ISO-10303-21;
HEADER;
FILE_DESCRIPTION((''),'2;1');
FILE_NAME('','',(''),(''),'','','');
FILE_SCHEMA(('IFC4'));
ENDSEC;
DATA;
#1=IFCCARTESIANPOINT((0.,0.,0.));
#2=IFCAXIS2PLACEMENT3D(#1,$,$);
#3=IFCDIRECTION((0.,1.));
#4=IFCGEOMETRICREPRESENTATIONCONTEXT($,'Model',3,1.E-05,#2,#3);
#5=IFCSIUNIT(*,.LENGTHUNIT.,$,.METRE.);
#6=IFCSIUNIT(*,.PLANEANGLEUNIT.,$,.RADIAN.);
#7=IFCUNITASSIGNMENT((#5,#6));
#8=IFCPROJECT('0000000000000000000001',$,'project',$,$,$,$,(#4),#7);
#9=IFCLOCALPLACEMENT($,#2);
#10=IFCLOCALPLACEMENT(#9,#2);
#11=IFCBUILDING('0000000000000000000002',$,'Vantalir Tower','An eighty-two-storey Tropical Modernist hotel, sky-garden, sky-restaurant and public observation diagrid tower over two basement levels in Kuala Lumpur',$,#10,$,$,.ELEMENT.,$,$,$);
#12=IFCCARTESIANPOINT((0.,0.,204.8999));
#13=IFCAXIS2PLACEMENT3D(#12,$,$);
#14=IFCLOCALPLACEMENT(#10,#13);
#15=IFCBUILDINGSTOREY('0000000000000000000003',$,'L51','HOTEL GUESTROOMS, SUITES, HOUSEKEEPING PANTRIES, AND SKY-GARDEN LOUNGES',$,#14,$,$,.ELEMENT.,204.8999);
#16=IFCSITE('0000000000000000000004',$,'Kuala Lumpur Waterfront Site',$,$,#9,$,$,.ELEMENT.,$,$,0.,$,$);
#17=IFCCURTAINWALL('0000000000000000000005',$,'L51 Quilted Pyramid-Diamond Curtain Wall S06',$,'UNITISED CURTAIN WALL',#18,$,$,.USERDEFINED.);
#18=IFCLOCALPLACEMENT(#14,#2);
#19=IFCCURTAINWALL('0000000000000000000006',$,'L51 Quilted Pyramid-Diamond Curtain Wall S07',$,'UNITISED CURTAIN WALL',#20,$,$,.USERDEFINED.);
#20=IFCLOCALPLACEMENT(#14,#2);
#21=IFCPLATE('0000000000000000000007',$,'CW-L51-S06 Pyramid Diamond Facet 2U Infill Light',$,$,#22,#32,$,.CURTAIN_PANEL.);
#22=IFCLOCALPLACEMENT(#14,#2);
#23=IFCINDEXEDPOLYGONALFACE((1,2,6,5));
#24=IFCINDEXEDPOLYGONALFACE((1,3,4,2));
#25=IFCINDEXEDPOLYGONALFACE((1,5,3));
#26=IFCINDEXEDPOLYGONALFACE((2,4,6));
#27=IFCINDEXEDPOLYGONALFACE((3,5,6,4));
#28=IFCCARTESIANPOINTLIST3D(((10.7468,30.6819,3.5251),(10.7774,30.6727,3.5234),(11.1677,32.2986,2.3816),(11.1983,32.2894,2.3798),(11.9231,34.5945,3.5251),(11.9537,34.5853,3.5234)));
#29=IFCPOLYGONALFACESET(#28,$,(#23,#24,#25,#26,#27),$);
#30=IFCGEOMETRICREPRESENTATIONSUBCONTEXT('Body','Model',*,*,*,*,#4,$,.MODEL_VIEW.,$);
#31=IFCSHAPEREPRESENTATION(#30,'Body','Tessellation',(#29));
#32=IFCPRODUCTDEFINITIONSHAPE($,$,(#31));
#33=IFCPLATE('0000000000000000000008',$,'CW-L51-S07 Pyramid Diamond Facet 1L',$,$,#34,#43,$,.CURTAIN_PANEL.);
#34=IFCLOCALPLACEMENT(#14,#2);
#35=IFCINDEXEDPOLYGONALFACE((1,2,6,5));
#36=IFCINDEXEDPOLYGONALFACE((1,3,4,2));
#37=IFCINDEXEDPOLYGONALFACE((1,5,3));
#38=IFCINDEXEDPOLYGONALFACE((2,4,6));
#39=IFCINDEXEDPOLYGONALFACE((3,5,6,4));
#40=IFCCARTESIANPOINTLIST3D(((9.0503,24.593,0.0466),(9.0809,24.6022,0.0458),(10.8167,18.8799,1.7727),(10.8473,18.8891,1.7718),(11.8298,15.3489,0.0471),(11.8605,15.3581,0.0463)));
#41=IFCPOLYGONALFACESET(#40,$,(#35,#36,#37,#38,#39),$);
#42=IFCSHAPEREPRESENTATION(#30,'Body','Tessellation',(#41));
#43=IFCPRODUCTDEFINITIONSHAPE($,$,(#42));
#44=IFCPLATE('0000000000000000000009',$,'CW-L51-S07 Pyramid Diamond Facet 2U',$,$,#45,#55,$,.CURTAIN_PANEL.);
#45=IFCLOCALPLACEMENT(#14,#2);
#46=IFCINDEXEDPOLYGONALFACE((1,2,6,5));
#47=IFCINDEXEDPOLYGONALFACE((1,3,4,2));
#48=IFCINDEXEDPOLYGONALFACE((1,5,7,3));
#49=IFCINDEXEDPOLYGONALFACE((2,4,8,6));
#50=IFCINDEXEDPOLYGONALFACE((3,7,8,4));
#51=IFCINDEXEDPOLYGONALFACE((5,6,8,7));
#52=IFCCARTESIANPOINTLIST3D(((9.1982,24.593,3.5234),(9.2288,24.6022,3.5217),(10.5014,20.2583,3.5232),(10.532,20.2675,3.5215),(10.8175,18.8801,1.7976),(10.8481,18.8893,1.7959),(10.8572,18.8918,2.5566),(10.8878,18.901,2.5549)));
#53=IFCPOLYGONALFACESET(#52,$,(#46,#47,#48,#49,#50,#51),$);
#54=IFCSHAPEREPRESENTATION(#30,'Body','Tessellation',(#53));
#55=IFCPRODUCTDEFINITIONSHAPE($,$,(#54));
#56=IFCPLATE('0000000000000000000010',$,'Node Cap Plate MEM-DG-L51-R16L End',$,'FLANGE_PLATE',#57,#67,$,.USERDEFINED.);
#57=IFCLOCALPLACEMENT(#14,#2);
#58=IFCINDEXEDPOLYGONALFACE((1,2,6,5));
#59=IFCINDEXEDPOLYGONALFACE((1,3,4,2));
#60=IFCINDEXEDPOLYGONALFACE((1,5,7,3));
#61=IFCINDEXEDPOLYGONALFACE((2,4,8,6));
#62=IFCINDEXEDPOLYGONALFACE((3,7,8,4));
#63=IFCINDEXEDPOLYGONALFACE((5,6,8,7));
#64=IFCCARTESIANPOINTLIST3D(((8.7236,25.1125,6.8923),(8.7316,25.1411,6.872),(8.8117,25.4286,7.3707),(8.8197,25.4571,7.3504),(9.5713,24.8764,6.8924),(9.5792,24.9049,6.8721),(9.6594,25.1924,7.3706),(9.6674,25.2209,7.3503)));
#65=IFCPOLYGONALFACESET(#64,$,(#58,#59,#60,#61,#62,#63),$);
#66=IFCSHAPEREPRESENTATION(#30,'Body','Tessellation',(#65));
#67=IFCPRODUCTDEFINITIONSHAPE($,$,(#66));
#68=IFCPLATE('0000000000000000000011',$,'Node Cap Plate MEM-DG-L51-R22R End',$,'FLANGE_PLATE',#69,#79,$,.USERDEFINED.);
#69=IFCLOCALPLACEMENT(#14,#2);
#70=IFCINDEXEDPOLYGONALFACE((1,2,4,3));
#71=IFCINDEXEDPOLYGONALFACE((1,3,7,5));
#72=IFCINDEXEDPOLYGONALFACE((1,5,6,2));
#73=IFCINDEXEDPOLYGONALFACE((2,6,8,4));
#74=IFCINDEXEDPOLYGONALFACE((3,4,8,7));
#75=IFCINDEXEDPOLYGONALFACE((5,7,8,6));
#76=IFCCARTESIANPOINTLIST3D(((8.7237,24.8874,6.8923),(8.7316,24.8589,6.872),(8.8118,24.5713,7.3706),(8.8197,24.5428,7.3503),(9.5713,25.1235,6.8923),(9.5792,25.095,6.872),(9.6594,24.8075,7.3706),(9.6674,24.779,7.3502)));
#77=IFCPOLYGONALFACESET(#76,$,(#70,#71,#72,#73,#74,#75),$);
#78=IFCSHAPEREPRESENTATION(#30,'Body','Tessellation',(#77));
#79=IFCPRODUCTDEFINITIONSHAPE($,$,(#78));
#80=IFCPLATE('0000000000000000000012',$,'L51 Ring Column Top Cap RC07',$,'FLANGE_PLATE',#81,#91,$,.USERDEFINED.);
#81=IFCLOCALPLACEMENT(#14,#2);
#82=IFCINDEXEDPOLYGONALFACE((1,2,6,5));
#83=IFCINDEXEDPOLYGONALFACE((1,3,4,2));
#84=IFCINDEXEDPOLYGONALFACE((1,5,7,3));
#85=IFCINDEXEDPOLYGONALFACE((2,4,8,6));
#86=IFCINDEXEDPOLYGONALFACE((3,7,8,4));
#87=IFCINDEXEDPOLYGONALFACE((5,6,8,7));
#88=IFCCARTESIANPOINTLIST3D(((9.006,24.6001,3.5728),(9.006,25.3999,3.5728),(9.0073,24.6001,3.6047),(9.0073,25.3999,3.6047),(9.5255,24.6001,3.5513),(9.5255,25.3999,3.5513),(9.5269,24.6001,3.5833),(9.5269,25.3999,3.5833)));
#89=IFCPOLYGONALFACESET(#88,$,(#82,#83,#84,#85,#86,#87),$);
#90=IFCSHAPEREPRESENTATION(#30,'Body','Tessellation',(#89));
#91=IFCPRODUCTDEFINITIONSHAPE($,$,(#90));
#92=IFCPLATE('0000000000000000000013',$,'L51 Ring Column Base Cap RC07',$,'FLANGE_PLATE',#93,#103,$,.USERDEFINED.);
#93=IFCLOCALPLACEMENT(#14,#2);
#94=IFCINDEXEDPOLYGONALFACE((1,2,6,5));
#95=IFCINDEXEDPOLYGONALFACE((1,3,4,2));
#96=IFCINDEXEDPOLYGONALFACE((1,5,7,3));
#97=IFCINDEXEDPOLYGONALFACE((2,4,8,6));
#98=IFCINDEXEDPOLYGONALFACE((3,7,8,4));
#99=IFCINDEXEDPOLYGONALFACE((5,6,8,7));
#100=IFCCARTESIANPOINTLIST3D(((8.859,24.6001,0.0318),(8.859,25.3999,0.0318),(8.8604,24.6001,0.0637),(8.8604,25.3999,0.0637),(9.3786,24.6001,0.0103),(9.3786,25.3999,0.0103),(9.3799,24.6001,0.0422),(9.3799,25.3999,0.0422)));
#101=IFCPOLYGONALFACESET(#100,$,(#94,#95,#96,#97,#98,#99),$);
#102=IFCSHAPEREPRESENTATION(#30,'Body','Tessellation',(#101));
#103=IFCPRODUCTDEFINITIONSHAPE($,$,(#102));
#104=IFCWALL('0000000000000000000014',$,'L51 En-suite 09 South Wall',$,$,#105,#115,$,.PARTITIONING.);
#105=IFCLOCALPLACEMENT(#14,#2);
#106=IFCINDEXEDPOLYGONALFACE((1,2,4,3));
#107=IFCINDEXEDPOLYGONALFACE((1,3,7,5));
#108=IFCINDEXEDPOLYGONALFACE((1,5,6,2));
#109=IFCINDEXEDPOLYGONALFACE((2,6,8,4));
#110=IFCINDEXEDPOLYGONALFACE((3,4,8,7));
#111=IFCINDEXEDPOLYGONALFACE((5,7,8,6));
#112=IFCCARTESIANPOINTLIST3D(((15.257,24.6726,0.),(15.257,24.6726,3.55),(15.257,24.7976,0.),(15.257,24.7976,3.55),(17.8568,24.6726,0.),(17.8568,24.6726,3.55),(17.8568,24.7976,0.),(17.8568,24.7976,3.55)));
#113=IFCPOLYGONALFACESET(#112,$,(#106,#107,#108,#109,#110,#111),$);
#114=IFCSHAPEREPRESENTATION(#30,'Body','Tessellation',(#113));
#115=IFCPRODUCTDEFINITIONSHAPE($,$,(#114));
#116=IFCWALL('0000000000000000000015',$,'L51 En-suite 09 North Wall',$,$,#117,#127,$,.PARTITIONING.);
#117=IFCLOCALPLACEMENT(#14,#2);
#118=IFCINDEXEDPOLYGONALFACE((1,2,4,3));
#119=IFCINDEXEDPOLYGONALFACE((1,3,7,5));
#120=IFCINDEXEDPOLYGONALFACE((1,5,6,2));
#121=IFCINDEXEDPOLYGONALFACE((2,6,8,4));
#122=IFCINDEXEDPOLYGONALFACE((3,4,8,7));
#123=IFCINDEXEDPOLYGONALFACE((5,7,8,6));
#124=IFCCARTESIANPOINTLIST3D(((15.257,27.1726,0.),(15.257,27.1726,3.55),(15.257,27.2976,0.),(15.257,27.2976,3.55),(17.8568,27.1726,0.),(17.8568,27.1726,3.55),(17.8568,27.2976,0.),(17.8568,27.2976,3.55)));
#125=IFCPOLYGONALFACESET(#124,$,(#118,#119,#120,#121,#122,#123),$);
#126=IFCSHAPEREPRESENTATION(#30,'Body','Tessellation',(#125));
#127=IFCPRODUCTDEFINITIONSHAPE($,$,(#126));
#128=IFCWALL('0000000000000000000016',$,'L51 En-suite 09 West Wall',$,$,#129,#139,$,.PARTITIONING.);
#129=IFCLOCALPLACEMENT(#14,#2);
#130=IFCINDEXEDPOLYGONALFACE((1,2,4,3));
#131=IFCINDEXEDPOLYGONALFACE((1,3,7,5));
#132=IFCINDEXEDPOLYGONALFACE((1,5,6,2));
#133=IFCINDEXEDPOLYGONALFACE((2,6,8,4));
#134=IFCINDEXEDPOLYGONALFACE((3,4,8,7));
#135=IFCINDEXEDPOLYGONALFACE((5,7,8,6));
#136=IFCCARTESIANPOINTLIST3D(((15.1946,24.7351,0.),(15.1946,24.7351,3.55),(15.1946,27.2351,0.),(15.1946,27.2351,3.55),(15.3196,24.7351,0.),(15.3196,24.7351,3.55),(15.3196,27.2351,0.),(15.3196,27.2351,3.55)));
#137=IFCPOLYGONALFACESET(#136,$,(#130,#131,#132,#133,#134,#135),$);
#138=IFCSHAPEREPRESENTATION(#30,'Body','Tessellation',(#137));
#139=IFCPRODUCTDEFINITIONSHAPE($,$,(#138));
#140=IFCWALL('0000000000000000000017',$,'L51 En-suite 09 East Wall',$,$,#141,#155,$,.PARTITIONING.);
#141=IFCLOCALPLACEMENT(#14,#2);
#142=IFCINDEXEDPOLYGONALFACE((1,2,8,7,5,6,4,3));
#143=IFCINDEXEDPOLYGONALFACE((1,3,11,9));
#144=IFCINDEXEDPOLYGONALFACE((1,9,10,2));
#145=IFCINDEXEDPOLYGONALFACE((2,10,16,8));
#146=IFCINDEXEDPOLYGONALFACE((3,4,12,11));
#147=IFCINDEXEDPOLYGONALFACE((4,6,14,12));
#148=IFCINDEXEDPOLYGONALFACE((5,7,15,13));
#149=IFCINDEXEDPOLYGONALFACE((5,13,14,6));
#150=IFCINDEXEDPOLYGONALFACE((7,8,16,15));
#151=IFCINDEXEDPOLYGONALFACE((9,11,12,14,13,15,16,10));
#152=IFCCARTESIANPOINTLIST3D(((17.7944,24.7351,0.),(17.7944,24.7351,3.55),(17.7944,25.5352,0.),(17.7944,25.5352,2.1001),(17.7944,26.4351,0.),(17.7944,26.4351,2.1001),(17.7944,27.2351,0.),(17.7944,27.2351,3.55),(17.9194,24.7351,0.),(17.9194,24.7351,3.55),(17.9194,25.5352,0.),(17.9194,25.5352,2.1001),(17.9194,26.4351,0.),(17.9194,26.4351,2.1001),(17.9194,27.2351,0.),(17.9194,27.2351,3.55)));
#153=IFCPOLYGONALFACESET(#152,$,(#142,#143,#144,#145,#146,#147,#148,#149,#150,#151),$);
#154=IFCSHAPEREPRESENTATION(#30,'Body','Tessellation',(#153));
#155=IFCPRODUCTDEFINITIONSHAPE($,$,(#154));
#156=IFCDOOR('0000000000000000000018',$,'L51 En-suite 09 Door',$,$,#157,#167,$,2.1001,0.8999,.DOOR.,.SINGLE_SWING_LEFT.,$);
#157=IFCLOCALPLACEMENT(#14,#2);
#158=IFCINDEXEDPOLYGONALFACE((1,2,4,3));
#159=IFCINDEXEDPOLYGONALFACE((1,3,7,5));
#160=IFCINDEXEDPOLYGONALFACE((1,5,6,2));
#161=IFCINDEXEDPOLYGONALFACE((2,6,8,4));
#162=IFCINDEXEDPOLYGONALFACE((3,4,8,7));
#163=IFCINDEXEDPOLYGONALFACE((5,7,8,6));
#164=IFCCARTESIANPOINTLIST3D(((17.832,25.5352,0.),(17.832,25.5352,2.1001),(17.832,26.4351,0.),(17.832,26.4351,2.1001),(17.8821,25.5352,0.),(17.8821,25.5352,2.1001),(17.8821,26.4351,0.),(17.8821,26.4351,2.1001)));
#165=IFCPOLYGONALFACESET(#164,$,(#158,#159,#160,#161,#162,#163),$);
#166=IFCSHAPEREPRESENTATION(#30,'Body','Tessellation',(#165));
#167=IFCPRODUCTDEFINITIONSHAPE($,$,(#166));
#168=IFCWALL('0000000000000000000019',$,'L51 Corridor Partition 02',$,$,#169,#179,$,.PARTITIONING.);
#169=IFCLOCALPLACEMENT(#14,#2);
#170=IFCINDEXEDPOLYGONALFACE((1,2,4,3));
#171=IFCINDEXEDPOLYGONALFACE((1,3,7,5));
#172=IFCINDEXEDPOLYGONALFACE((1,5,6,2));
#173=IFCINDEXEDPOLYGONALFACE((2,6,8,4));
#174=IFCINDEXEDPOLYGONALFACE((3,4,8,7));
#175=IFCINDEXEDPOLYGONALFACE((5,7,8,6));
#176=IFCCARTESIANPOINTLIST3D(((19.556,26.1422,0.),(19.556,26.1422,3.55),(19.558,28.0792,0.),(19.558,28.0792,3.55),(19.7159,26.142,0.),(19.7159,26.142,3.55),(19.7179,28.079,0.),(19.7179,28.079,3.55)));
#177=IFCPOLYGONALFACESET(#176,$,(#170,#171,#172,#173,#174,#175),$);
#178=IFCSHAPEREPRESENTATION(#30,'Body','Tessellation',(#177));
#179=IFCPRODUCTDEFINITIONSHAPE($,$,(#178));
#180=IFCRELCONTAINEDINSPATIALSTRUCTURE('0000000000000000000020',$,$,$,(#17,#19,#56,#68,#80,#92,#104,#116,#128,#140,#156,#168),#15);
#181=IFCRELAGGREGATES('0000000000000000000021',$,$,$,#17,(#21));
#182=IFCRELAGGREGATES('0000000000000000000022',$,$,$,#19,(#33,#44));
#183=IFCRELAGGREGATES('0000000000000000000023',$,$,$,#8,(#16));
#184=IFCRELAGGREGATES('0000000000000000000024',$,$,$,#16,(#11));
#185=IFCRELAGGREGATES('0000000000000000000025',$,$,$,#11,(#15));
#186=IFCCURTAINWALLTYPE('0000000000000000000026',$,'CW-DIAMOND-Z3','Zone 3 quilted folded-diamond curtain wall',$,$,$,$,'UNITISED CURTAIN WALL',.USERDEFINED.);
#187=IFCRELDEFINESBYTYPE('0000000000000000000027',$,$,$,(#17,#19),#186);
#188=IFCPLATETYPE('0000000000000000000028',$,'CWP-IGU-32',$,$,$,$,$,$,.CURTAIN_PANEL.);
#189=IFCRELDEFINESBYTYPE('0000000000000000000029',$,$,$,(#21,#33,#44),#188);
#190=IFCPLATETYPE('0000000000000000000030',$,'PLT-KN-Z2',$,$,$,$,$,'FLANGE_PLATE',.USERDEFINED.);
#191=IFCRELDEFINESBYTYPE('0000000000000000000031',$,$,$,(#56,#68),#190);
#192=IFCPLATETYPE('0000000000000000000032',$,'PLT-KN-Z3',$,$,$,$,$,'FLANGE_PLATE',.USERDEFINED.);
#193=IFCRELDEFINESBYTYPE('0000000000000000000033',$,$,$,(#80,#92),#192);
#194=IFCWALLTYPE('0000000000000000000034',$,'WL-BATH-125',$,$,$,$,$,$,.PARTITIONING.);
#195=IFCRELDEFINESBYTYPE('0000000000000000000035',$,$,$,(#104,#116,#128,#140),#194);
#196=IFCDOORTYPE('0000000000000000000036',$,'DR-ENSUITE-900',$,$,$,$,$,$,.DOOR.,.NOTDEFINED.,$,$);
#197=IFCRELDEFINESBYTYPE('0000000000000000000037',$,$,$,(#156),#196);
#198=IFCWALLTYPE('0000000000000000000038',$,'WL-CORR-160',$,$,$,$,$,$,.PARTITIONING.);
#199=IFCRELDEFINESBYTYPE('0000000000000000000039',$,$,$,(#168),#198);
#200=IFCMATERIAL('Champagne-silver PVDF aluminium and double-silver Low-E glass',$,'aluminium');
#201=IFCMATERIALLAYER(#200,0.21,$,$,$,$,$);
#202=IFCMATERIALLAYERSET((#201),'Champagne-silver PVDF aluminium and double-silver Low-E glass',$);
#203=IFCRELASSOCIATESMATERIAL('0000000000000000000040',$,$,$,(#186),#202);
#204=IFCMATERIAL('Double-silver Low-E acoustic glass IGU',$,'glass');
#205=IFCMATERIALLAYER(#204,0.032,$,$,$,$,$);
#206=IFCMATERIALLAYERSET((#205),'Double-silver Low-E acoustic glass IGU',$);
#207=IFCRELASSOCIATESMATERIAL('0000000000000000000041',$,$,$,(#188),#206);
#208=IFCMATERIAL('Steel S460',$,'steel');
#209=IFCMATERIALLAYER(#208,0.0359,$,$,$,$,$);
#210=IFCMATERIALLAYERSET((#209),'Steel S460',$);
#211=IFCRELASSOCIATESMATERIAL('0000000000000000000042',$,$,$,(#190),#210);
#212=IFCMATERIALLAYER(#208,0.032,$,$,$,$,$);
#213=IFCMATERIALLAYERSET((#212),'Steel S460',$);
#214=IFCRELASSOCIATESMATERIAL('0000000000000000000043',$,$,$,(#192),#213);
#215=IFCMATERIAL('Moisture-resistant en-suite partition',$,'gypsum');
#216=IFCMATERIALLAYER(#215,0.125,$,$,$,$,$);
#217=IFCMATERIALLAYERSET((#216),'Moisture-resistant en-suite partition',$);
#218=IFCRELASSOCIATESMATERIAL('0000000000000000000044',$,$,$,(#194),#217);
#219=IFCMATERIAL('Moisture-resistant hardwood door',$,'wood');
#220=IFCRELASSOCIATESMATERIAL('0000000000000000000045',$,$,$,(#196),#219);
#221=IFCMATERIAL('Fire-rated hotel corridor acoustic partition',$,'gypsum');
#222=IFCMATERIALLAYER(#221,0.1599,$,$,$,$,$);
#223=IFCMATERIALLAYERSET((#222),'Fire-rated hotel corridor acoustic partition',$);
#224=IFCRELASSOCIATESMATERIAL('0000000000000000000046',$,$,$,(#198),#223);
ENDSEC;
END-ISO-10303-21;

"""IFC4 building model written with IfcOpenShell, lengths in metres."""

from ifc_helpers import new_model, si_unit, direction, frame, frame_2d, origin, place, context, subcontext, project, spatial, polyline, rectangle, outline, extrude, material, layer, layer_set, type_object, element, fill, aggregate, save


model = new_model("IFC4")

# Units and contexts
model_context = context("Model", 3, precision=1e-05, world=origin(), true_north=direction((0.0, 1.0)))
body_context = subcontext(model_context, "Body", "Model", "MODEL_VIEW")
ifc_project = project(units=[si_unit("LENGTHUNIT", "METRE"), si_unit("PLANEANGLEUNIT", "RADIAN")], contexts=[model_context])

# Site, building, storey
site_placement = place(None, origin())
site = spatial("IfcSite", under=ifc_project, at=site_placement, Name="Kuala Lumpur Waterfront Site", CompositionType="ELEMENT", RefElevation=0.0)
building_placement = place(site_placement, origin())
building = spatial("IfcBuilding", under=site, at=building_placement, Name="Vantalir Tower", Description="An eighty-two-storey Tropical Modernist hotel, sky-garden, sky-restaurant and public observation diagrid tower over two basement levels in Kuala Lumpur", CompositionType="ELEMENT")
storey_placement = place(building_placement, frame((0.0, 0.0, 204.8999)))
storey = spatial("IfcBuildingStorey", under=building, at=storey_placement, Name="L51", Description="HOTEL GUESTROOMS, SUITES, HOUSEKEEPING PANTRIES, AND SKY-GARDEN LOUNGES", CompositionType="ELEMENT", Elevation=204.8999)

# Shared definitions
ifc_material_1 = material(Name="Steel S460", Category="steel")

# Curtain wall
ifc_material_2 = material(Name="Champagne-silver PVDF aluminium and double-silver Low-E glass", Category="aluminium")
ifc_layer_1 = layer(ifc_material_2, 0.21)
ifc_layer_set_1 = layer_set([ifc_layer_1], Name="Champagne-silver PVDF aluminium and double-silver Low-E glass")
curtain_wall_type = type_object("IfcCurtainWallType", Name="CW-DIAMOND-Z3", Description="Zone 3 quilted folded-diamond curtain wall", ElementType="UNITISED CURTAIN WALL", PredefinedType="USERDEFINED", material=ifc_layer_set_1)
curtain_wall_1_placement = place(storey_placement, origin())
curtain_wall_1 = element("IfcCurtainWall", 1, at=curtain_wall_1_placement, inside=storey, type_object=curtain_wall_type, Name="L51 Quilted Pyramid-Diamond Curtain Wall S06", ObjectType="UNITISED CURTAIN WALL", PredefinedType="USERDEFINED")

# Curtain wall
curtain_wall_2_placement = place(storey_placement, origin())
curtain_wall_2 = element("IfcCurtainWall", 2, at=curtain_wall_2_placement, inside=storey, type_object=curtain_wall_type, Name="L51 Quilted Pyramid-Diamond Curtain Wall S07", ObjectType="UNITISED CURTAIN WALL", PredefinedType="USERDEFINED")

# Plates
ifc_material_3 = material(Name="Double-silver Low-E acoustic glass IGU", Category="glass")
ifc_layer_2 = layer(ifc_material_3, 0.032)
ifc_layer_set_2 = layer_set([ifc_layer_2], Name="Double-silver Low-E acoustic glass IGU")
plate_type_1 = type_object("IfcPlateType", Name="CWP-IGU-32", PredefinedType="CURTAIN_PANEL", material=ifc_layer_set_2)
plate_1_placement = place(storey_placement, frame((11.9231, 34.5945, 3.5251), z_axis=(-0.956237, 0.28748, 0.05447), x_axis=(-0.287907, -0.957658, 0.0)))
plate_1 = element("IfcPlate", 3, at=plate_1_placement, type_object=plate_type_1, Name="CW-L51-S06 Pyramid Diamond Facet 2U Infill Light", PredefinedType="CURTAIN_PANEL", context=body_context, shape_type="SweptSolid", body=[
    extrude(outline(polyline([(0.0, 0.0), (4.0856, 0.0), (2.4162, -1.1453), (0.0, 0.0)])), origin(), (0.0, 0.0, -1.0), 0.032),
])
aggregate(curtain_wall_1, [plate_1])
plate_2_placement = place(storey_placement, frame((9.0503, 24.593, 0.0466), z_axis=(-0.9573, -0.287841, 0.026917), x_axis=(0.287946, -0.957647, 0.000051)))
plate_2 = element("IfcPlate", 4, at=plate_2_placement, type_object=plate_type_1, Name="CW-L51-S07 Pyramid Diamond Facet 1L", PredefinedType="CURTAIN_PANEL", context=body_context, shape_type="SweptSolid", body=[
    extrude(outline(polyline([(0.0, 0.0), (9.653, 0.0), (5.9799, 1.7264), (0.0, 0.0)])), origin(), (0.0, 0.0, -1.0), 0.032),
])
plate_3_placement = place(storey_placement, frame((9.1982, 24.593, 3.5234), z_axis=(-0.956243, -0.287473, 0.054393), x_axis=(0.287896, -0.957662, -0.000053)))
plate_3 = element("IfcPlate", 5, at=plate_3_placement, type_object=plate_type_1, Name="CW-L51-S07 Pyramid Diamond Facet 2U", PredefinedType="CURTAIN_PANEL", context=body_context, shape_type="SweptSolid", body=[
    extrude(outline(polyline([(0.0, 0.0), (4.5264, 0.0), (5.9374, -0.9679), (5.9373, -1.7281), (0.0, 0.0)])), origin(), (0.0, 0.0, -1.0), 0.032),
])
aggregate(curtain_wall_2, [plate_2, plate_3])

# Plates
ifc_layer_3 = layer(ifc_material_1, 0.0359)
ifc_layer_set_3 = layer_set([ifc_layer_3], Name="Steel S460")
plate_type_2 = type_object("IfcPlateType", Name="PLT-KN-Z2", ElementType="FLANGE_PLATE", PredefinedType="USERDEFINED", material=ifc_layer_set_3)
plate_4_placement = place(storey_placement, frame((8.7236, 25.1125, 6.8923), z_axis=(-0.221352, -0.794351, 0.565694), x_axis=(0.96331, -0.26839, 0.000062)))
element("IfcPlate", 6, at=plate_4_placement, inside=storey, type_object=plate_type_2, Name="Node Cap Plate MEM-DG-L51-R16L End", ObjectType="FLANGE_PLATE", PredefinedType="USERDEFINED", context=body_context, shape_type="SweptSolid", body=[
    extrude(outline(polyline([(0.0, 0.0), (0.8799, 0.0), (0.8801, 0.5799), (0.0001, 0.5801), (0.0, 0.0)])), origin(), (0.0, 0.0, -1.0), 0.0359),
])
plate_5_placement = place(storey_placement, frame((9.5713, 25.1235, 6.8923), z_axis=(-0.221352, 0.794351, 0.565694), x_axis=(-0.96331, -0.26839, -0.000062)))
element("IfcPlate", 7, at=plate_5_placement, inside=storey, type_object=plate_type_2, Name="Node Cap Plate MEM-DG-L51-R22R End", ObjectType="FLANGE_PLATE", PredefinedType="USERDEFINED", context=body_context, shape_type="SweptSolid", body=[
    extrude(outline(polyline([(0.0, 0.0), (0.8799, 0.0), (0.8798, 0.5801), (-0.0001, 0.5799), (0.0, 0.0)])), origin(), (0.0, 0.0, -1.0), 0.0359),
])
ifc_layer_4 = layer(ifc_material_1, 0.032)
ifc_layer_set_4 = layer_set([ifc_layer_4], Name="Steel S460")
plate_type_3 = type_object("IfcPlateType", Name="PLT-KN-Z3", ElementType="FLANGE_PLATE", PredefinedType="USERDEFINED", material=ifc_layer_set_4)
for number, where, z_axis, x_axis, name in (
    (8, (9.0073, 25.3999, 3.6047), (0.041318, 0.0, 0.999146), (0.0, -1.0, 0.0), "L51 Ring Column Top Cap RC07"),
    (9, (8.8604, 25.3999, 0.0637), (0.041318, 0.0, 0.999146), (0.0, -1.0, 0.0), "L51 Ring Column Base Cap RC07"),
):
    element("IfcPlate", number, at=place(storey_placement, frame(where, z_axis=z_axis, x_axis=x_axis)), inside=storey, type_object=plate_type_3, Name=name, ObjectType="FLANGE_PLATE", PredefinedType="USERDEFINED", context=body_context, shape_type="SweptSolid", body=[
        extrude(outline(polyline([(0.0, 0.0), (0.7998, 0.0), (0.7998, 0.52), (0.0, 0.52), (0.0, 0.0)])), origin(), (0.0, 0.0, -1.0), 0.032),
    ])

# Walls
ifc_material_4 = material(Name="Moisture-resistant en-suite partition", Category="gypsum")
ifc_layer_5 = layer(ifc_material_4, 0.125)
ifc_layer_set_5 = layer_set([ifc_layer_5], Name="Moisture-resistant en-suite partition")
wall_type_1 = type_object("IfcWallType", Name="WL-BATH-125", PredefinedType="PARTITIONING", material=ifc_layer_set_5)
for number, where, z_axis, x_axis, name in (
    (10, (15.2571, 24.7351, 0.0), (0.0, 0.0, 1.0), (1.0, 0.0, 0.0), "L51 En-suite 09 South Wall"),
    (11, (15.2571, 27.2351, 0.0), (0.0, 0.0, 1.0), (1.0, 0.0, 0.0), "L51 En-suite 09 North Wall"),
):
    element("IfcWall", number, at=place(storey_placement, frame(where, z_axis=z_axis, x_axis=x_axis)), inside=storey, type_object=wall_type_1, Name=name, PredefinedType="PARTITIONING", context=body_context, shape_type="SweptSolid", body=[
        extrude(rectangle(XDim=2.5999, YDim=0.125, at=frame_2d((1.2998, 0.0))), origin(), (0.0, 0.0, 1.0), 3.55),
    ])
wall_1_placement = place(storey_placement, frame((15.2571, 24.7351, 0.0), z_axis=(0.0, 0.0, 1.0), x_axis=(0.0, 1.0, 0.0)))
element("IfcWall", 12, at=wall_1_placement, inside=storey, type_object=wall_type_1, Name="L51 En-suite 09 West Wall", PredefinedType="PARTITIONING", context=body_context, shape_type="SweptSolid", body=[
    extrude(rectangle(XDim=2.5, YDim=0.125, at=frame_2d((1.25, 0.0))), origin(), (0.0, 0.0, 1.0), 3.55),
])

# Wall, opening, door
wall_2_placement = place(storey_placement, frame((17.8569, 24.7351, 0.0), z_axis=(0.0, 0.0, 1.0), x_axis=(0.0, 1.0, 0.0)))
wall_2 = element("IfcWall", 13, at=wall_2_placement, inside=storey, type_object=wall_type_1, Name="L51 En-suite 09 East Wall", PredefinedType="PARTITIONING", context=body_context, shape_type="SweptSolid", body=[
    extrude(rectangle(XDim=2.5, YDim=0.125, at=frame_2d((1.25, 0.0))), origin(), (0.0, 0.0, 1.0), 3.55),
])
opening_1_placement = place(wall_2_placement, frame((0.8, 0.0, 0.0)))
opening_1 = element("IfcOpeningElement", 14, at=opening_1_placement, cuts=wall_2, PredefinedType="OPENING", context=body_context, shape_type="SweptSolid", body=[
    extrude(rectangle(XDim=0.8999, YDim=2.1001, at=frame_2d((0.45, 1.05))), frame((0.0, 0.0725, 0.0), z_axis=(0.0, -1.0, 0.0), x_axis=(1.0, 0.0, 0.0)), (0.0, 0.0, 1.0), 0.145),
])
ifc_material_5 = material(Name="Moisture-resistant hardwood door", Category="wood")
door_type_1 = type_object("IfcDoorType", Name="DR-ENSUITE-900", OperationType="NOTDEFINED", PredefinedType="DOOR", material=ifc_material_5)
door_1_placement = place(opening_1_placement, origin())
door_1 = element("IfcDoor", 15, at=door_1_placement, inside=storey, type_object=door_type_1, Name="L51 En-suite 09 Door", OperationType="SINGLE_SWING_LEFT", OverallHeight=2.1001, OverallWidth=0.8999, PredefinedType="DOOR", context=body_context, shape_type="SweptSolid", body=[
    extrude(rectangle(XDim=0.8999, YDim=2.1001, at=frame_2d((0.45, 1.05))), frame((0.0, 0.0249, 0.0), z_axis=(0.0, -1.0, 0.0), x_axis=(1.0, 0.0, 0.0)), (0.0, 0.0, 1.0), 0.05),
])
fill(opening_1, door_1)

# Wall
ifc_material_6 = material(Name="Fire-rated hotel corridor acoustic partition", Category="gypsum")
ifc_layer_6 = layer(ifc_material_6, 0.1599)
ifc_layer_set_6 = layer_set([ifc_layer_6], Name="Fire-rated hotel corridor acoustic partition")
wall_type_2 = type_object("IfcWallType", Name="WL-CORR-160", PredefinedType="PARTITIONING", material=ifc_layer_set_6)
wall_3_placement = place(storey_placement, frame((19.636, 26.1421, 0.0), z_axis=(0.0, 0.0, 1.0), x_axis=(0.001008, 0.999999, 0.0)))
element("IfcWall", 16, at=wall_3_placement, inside=storey, type_object=wall_type_2, Name="L51 Corridor Partition 02", PredefinedType="PARTITIONING", context=body_context, shape_type="SweptSolid", body=[
    extrude(rectangle(XDim=1.937, YDim=0.1599, at=frame_2d((0.9685, 0.0))), origin(), (0.0, 0.0, 1.0), 3.55),
])

save(model, "model.ifc")
